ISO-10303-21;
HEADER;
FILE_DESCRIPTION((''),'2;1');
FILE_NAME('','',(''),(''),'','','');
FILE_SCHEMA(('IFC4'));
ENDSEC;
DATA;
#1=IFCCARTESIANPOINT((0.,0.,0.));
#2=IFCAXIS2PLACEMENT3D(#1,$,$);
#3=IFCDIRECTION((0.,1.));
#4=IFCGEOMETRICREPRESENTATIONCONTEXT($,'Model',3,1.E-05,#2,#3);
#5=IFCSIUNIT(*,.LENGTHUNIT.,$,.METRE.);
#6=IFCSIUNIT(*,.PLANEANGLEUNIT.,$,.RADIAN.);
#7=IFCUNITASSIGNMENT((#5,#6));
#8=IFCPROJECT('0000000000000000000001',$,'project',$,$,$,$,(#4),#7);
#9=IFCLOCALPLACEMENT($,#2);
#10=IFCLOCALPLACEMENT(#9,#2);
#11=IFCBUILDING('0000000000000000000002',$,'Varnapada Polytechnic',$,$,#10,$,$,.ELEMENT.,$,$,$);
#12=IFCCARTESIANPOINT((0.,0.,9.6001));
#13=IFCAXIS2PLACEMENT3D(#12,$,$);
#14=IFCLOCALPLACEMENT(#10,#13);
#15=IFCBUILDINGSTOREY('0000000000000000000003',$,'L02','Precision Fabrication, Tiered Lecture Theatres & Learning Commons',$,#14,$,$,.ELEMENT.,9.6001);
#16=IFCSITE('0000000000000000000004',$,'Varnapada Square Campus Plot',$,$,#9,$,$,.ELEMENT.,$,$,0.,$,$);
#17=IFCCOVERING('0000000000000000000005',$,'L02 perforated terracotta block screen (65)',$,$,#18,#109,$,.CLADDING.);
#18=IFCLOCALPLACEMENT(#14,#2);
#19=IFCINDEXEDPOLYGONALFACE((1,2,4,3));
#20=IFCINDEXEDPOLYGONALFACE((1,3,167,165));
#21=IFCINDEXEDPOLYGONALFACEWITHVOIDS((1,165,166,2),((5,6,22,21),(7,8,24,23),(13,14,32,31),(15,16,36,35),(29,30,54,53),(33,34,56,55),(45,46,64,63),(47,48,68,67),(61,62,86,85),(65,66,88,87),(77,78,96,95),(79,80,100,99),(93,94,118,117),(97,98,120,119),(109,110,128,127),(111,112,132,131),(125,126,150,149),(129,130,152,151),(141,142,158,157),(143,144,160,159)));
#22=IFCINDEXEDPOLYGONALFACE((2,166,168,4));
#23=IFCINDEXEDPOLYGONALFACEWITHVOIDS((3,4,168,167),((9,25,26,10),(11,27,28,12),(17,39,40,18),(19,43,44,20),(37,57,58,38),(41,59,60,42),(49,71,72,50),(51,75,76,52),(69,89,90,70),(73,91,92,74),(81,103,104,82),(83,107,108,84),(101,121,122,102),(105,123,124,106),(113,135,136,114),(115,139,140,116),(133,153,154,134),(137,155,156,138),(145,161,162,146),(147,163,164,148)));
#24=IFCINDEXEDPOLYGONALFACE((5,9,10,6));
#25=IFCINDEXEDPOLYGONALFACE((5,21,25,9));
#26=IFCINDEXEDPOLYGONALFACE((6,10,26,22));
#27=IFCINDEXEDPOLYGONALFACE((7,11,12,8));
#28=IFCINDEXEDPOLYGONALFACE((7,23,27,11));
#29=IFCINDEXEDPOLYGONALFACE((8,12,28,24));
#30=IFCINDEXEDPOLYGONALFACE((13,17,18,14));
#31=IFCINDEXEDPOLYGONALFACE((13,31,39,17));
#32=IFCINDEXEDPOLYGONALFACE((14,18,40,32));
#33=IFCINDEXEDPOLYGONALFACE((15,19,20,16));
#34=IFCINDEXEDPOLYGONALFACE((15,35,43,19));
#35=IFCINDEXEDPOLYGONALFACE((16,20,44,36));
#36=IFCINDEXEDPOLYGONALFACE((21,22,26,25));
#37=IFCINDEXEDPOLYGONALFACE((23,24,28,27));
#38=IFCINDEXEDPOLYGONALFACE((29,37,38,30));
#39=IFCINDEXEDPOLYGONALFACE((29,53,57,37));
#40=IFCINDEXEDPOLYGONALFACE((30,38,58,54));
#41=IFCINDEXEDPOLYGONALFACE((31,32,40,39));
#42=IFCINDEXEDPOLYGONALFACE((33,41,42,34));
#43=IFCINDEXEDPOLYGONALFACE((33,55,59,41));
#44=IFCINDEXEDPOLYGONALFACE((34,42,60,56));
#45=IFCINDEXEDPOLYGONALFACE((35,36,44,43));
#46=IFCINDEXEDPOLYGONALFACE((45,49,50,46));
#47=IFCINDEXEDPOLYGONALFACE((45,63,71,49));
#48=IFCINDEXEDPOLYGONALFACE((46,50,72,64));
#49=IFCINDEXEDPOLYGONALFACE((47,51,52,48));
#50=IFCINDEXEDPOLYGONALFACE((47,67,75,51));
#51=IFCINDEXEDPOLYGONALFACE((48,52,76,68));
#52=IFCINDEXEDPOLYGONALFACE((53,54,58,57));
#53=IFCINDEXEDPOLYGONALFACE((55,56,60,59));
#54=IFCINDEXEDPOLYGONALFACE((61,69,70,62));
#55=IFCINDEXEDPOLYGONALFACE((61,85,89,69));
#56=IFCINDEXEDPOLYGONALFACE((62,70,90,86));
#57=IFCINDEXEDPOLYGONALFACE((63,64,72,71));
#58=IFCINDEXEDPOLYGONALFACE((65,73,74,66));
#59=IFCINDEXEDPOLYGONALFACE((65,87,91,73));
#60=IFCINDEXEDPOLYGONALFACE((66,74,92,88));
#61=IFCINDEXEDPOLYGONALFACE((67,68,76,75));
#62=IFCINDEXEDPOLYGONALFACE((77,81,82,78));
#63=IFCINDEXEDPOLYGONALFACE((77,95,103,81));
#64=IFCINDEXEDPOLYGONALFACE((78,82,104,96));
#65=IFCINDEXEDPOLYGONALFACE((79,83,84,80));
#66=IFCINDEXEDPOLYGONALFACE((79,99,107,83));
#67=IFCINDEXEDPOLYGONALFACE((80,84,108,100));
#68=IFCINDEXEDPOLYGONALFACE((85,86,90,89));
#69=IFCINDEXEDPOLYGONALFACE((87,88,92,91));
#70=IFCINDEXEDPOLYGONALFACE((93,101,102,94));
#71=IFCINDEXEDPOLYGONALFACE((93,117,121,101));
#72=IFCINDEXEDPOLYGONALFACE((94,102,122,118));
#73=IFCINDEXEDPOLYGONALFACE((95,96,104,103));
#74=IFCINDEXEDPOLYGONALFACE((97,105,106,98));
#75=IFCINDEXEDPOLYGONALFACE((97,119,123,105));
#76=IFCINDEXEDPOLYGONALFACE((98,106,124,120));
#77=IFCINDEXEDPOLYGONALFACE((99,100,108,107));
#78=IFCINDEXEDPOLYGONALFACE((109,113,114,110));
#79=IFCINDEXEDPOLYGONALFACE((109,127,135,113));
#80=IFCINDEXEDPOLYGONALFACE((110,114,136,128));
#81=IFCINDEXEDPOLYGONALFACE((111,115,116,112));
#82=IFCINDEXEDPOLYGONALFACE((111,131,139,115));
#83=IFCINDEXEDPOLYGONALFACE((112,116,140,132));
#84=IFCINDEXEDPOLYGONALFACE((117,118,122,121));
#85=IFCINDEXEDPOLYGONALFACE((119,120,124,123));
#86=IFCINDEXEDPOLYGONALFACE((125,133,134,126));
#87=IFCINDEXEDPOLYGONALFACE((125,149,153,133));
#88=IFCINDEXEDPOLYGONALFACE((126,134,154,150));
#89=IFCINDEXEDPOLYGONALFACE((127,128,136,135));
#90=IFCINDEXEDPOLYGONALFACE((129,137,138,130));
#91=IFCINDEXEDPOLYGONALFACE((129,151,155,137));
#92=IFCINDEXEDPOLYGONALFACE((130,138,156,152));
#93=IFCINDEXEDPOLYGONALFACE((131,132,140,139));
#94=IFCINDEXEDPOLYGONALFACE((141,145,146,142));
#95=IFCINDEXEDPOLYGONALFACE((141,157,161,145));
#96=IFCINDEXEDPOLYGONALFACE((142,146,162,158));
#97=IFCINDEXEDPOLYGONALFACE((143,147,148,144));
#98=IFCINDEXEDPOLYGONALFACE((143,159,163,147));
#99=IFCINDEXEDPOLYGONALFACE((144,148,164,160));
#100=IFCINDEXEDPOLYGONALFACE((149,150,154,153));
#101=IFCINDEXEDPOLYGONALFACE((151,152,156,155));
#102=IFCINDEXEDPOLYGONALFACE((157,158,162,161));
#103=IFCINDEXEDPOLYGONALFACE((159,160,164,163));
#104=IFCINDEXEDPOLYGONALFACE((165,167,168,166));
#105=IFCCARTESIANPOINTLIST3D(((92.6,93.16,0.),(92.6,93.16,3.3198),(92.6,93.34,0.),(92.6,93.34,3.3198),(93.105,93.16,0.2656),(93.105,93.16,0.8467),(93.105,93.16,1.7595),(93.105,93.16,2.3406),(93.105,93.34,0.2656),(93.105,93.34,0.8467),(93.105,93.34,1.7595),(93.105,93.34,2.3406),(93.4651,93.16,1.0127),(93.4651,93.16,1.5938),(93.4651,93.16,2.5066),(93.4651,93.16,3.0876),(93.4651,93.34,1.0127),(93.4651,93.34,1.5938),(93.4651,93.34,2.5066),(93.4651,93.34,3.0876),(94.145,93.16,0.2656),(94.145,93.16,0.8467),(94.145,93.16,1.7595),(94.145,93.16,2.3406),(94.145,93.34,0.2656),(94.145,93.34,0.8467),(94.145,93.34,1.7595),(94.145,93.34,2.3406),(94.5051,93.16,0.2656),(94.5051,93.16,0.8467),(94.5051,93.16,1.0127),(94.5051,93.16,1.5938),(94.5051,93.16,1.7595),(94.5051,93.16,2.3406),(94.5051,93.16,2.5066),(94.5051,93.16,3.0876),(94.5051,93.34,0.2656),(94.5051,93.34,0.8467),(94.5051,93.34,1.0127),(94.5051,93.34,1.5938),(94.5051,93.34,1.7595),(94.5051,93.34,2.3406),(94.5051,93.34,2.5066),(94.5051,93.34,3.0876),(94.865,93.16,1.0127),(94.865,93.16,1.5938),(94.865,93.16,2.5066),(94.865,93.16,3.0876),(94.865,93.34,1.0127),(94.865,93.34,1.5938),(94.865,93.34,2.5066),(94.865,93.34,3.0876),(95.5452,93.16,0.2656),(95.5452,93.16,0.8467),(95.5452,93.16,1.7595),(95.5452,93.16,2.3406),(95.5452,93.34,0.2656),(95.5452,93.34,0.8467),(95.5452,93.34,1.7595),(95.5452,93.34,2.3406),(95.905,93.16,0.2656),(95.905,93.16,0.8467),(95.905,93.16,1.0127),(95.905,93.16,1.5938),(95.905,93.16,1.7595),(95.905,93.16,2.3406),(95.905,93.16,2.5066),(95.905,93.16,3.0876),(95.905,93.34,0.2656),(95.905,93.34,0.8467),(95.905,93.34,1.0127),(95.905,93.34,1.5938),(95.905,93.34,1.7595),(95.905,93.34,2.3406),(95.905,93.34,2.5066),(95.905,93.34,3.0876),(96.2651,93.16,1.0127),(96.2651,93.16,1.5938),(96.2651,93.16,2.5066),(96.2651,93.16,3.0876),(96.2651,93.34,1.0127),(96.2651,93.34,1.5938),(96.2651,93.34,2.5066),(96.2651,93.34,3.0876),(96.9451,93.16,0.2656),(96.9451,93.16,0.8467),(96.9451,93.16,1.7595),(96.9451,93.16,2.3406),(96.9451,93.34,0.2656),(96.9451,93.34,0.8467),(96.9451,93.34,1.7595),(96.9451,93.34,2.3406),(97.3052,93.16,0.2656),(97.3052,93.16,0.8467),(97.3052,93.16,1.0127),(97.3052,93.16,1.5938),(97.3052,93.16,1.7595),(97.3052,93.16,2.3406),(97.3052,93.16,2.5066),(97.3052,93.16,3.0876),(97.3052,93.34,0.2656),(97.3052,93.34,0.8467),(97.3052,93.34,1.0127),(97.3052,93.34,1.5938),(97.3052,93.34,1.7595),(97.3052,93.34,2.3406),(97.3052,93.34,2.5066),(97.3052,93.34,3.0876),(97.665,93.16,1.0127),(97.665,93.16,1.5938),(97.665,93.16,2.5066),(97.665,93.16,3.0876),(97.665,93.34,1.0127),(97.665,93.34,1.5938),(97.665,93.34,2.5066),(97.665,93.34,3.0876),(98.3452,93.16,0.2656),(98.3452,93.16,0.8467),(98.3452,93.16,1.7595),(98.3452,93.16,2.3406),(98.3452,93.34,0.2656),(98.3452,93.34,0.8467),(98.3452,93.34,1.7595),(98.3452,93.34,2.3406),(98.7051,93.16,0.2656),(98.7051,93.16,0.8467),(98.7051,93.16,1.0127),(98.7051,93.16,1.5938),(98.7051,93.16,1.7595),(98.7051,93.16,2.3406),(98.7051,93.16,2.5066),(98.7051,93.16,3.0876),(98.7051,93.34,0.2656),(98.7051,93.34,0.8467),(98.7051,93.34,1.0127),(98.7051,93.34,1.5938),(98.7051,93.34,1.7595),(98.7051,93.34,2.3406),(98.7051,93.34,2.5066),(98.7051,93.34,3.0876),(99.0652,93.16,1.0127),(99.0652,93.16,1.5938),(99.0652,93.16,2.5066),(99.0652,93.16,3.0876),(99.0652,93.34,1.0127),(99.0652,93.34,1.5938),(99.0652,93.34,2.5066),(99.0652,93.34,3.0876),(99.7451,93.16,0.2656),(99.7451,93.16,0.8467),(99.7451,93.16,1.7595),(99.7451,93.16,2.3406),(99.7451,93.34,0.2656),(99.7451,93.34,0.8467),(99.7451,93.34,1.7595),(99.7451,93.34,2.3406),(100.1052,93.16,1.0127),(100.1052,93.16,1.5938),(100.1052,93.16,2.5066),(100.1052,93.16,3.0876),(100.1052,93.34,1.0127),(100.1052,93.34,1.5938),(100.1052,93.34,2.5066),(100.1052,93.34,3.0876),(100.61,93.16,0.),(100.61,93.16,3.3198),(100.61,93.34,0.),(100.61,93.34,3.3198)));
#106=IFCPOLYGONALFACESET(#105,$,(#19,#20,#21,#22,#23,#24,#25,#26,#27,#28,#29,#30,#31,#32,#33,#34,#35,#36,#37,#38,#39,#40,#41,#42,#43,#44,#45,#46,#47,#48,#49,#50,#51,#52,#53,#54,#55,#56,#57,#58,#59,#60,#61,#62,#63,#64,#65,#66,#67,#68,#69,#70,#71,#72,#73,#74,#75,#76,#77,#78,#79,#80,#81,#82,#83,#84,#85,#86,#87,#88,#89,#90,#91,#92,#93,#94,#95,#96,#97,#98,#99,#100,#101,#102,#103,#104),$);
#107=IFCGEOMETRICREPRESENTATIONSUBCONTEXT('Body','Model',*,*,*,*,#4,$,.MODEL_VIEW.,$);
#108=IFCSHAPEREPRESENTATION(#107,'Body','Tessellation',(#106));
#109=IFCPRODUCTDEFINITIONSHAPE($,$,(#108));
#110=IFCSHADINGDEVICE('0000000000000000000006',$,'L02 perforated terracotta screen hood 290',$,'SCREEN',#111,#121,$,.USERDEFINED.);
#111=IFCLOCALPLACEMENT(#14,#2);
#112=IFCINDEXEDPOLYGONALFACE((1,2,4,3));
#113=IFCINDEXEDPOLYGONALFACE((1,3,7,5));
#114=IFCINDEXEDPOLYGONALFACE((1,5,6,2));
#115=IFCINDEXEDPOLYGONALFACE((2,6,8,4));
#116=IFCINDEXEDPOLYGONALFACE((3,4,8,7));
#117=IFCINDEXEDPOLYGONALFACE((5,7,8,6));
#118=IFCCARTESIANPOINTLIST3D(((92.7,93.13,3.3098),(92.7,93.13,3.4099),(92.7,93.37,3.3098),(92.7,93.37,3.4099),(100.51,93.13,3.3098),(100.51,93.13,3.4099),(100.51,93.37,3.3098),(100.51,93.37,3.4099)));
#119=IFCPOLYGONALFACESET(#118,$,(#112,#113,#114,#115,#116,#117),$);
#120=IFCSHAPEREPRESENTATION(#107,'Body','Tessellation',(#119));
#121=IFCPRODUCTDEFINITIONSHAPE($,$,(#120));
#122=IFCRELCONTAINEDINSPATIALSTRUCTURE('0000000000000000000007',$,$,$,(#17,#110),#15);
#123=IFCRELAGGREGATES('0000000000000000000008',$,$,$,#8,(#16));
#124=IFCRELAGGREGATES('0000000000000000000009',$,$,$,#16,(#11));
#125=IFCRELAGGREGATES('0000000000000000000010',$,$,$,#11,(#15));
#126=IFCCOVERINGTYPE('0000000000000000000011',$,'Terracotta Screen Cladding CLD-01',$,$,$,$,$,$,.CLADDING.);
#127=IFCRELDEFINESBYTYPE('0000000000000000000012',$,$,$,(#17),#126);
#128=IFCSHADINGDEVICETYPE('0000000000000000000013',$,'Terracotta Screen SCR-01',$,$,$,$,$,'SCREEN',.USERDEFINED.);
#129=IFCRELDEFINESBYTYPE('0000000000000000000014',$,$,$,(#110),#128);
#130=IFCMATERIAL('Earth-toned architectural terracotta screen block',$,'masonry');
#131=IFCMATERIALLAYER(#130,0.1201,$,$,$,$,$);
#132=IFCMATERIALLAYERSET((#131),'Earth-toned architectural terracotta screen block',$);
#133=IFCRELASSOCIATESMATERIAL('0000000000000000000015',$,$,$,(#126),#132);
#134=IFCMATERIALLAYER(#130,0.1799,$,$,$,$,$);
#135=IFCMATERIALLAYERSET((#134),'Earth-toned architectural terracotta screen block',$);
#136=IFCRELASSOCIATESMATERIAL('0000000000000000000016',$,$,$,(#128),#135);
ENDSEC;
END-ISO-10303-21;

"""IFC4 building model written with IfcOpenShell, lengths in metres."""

from ifc_helpers import new_model, si_unit, direction, frame, frame_2d, origin, origin_2d, place, context, subcontext, project, spatial, rectangle, extrude, material, layer, layer_set, type_object, element, save


model = new_model("IFC4")

# Units and contexts
model_context = context("Model", 3, precision=1e-05, world=origin(), true_north=direction((0.0, 1.0)))
body_context = subcontext(model_context, "Body", "Model", "MODEL_VIEW")
ifc_project = project(units=[si_unit("LENGTHUNIT", "METRE"), si_unit("PLANEANGLEUNIT", "RADIAN")], contexts=[model_context])

# Site, building, storey
site_placement = place(None, origin())
site = spatial("IfcSite", under=ifc_project, at=site_placement, Name="Varnapada Square Campus Plot", CompositionType="ELEMENT", RefElevation=0.0)
building_placement = place(site_placement, origin())
building = spatial("IfcBuilding", under=site, at=building_placement, Name="Varnapada Polytechnic", CompositionType="ELEMENT")
storey_placement = place(building_placement, frame((0.0, 0.0, 9.6001)))
storey = spatial("IfcBuildingStorey", under=building, at=storey_placement, Name="L02", Description="Precision Fabrication, Tiered Lecture Theatres & Learning Commons", CompositionType="ELEMENT", Elevation=9.6001)

# Covering, openings
ifc_material_1 = material(Name="Earth-toned architectural terracotta screen block", Category="masonry")
ifc_layer_1 = layer(ifc_material_1, 0.1201)
ifc_layer_set_1 = layer_set([ifc_layer_1], Name="Earth-toned architectural terracotta screen block")
covering_type = type_object("IfcCoveringType", Name="Terracotta Screen Cladding CLD-01", PredefinedType="CLADDING", material=ifc_layer_set_1)
covering_placement = place(storey_placement, frame((92.6001, 93.25, 0.0), z_axis=(0.0, 0.0, 1.0), x_axis=(1.0, 0.0, 0.0)))
covering = element("IfcCovering", 1, at=covering_placement, inside=storey, type_object=covering_type, Name="L02 perforated terracotta block screen (65)", PredefinedType="CLADDING", context=body_context, shape_type="SweptSolid", body=[
    extrude(rectangle(XDim=8.01, YDim=0.1799, at=frame_2d((4.0049, 0.0))), origin(), (0.0, 0.0, 1.0), 3.3198),
])
opening_1_placement = place(covering_placement, frame((0.5049, 0.0, 0.2656)))
element("IfcOpeningElement", 2, at=opening_1_placement, cuts=covering, PredefinedType="OPENING", context=body_context, shape_type="SweptSolid", body=[
    extrude(rectangle(XDim=1.04, YDim=0.5811, at=frame_2d((0.52, 0.2905))), frame((0.0, 0.0999, 0.0), z_axis=(0.0, -1.0, 0.0), x_axis=(1.0, 0.0, 0.0)), (0.0, 0.0, 1.0), 0.2),
])
opening_2_placement = place(covering_placement, frame((1.905, 0.0, 0.2656)))
element("IfcOpeningElement", 3, at=opening_2_placement, cuts=covering, PredefinedType="OPENING", context=body_context, shape_type="SweptSolid", body=[
    extrude(rectangle(XDim=1.04, YDim=0.5811, at=frame_2d((0.52, 0.2905))), frame((0.0, 0.0999, 0.0), z_axis=(0.0, -1.0, 0.0), x_axis=(1.0, 0.0, 0.0)), (0.0, 0.0, 1.0), 0.2),
])
opening_3_placement = place(covering_placement, frame((3.3049, 0.0, 0.2656)))
element("IfcOpeningElement", 4, at=opening_3_placement, cuts=covering, PredefinedType="OPENING", context=body_context, shape_type="SweptSolid", body=[
    extrude(rectangle(XDim=1.04, YDim=0.5811, at=frame_2d((0.52, 0.2905))), frame((0.0, 0.0999, 0.0), z_axis=(0.0, -1.0, 0.0), x_axis=(1.0, 0.0, 0.0)), (0.0, 0.0, 1.0), 0.2),
])
opening_4_placement = place(covering_placement, frame((4.7051, 0.0, 0.2656)))
element("IfcOpeningElement", 5, at=opening_4_placement, cuts=covering, PredefinedType="OPENING", context=body_context, shape_type="SweptSolid", body=[
    extrude(rectangle(XDim=1.04, YDim=0.5811, at=frame_2d((0.52, 0.2905))), frame((0.0, 0.0999, 0.0), z_axis=(0.0, -1.0, 0.0), x_axis=(1.0, 0.0, 0.0)), (0.0, 0.0, 1.0), 0.2),
])
opening_5_placement = place(covering_placement, frame((6.105, 0.0, 0.2656)))
element("IfcOpeningElement", 6, at=opening_5_placement, cuts=covering, PredefinedType="OPENING", context=body_context, shape_type="SweptSolid", body=[
    extrude(rectangle(XDim=1.04, YDim=0.5811, at=frame_2d((0.52, 0.2905))), frame((0.0, 0.0999, 0.0), z_axis=(0.0, -1.0, 0.0), x_axis=(1.0, 0.0, 0.0)), (0.0, 0.0, 1.0), 0.2),
])
opening_6_placement = place(covering_placement, frame((0.865, 0.0, 1.0127)))
element("IfcOpeningElement", 7, at=opening_6_placement, cuts=covering, PredefinedType="OPENING", context=body_context, shape_type="SweptSolid", body=[
    extrude(rectangle(XDim=1.04, YDim=0.5811, at=frame_2d((0.52, 0.2905))), frame((0.0, 0.0999, 0.0), z_axis=(0.0, -1.0, 0.0), x_axis=(1.0, 0.0, 0.0)), (0.0, 0.0, 1.0), 0.2),
])
opening_7_placement = place(covering_placement, frame((2.2649, 0.0, 1.0127)))
element("IfcOpeningElement", 8, at=opening_7_placement, cuts=covering, PredefinedType="OPENING", context=body_context, shape_type="SweptSolid", body=[
    extrude(rectangle(XDim=1.04, YDim=0.5811, at=frame_2d((0.52, 0.2905))), frame((0.0, 0.0999, 0.0), z_axis=(0.0, -1.0, 0.0), x_axis=(1.0, 0.0, 0.0)), (0.0, 0.0, 1.0), 0.2),
])
opening_8_placement = place(covering_placement, frame((3.665, 0.0, 1.0127)))
element("IfcOpeningElement", 9, at=opening_8_placement, cuts=covering, PredefinedType="OPENING", context=body_context, shape_type="SweptSolid", body=[
    extrude(rectangle(XDim=1.04, YDim=0.5811, at=frame_2d((0.52, 0.2905))), frame((0.0, 0.0999, 0.0), z_axis=(0.0, -1.0, 0.0), x_axis=(1.0, 0.0, 0.0)), (0.0, 0.0, 1.0), 0.2),
])
opening_9_placement = place(covering_placement, frame((5.0649, 0.0, 1.0127)))
element("IfcOpeningElement", 10, at=opening_9_placement, cuts=covering, PredefinedType="OPENING", context=body_context, shape_type="SweptSolid", body=[
    extrude(rectangle(XDim=1.04, YDim=0.5811, at=frame_2d((0.52, 0.2905))), frame((0.0, 0.0999, 0.0), z_axis=(0.0, -1.0, 0.0), x_axis=(1.0, 0.0, 0.0)), (0.0, 0.0, 1.0), 0.2),
])
opening_10_placement = place(covering_placement, frame((6.4651, 0.0, 1.0127)))
element("IfcOpeningElement", 11, at=opening_10_placement, cuts=covering, PredefinedType="OPENING", context=body_context, shape_type="SweptSolid", body=[
    extrude(rectangle(XDim=1.04, YDim=0.5811, at=frame_2d((0.52, 0.2905))), frame((0.0, 0.0999, 0.0), z_axis=(0.0, -1.0, 0.0), x_axis=(1.0, 0.0, 0.0)), (0.0, 0.0, 1.0), 0.2),
])
opening_11_placement = place(covering_placement, frame((0.5049, 0.0, 1.7595)))
element("IfcOpeningElement", 12, at=opening_11_placement, cuts=covering, PredefinedType="OPENING", context=body_context, shape_type="SweptSolid", body=[
    extrude(rectangle(XDim=1.04, YDim=0.5811, at=frame_2d((0.52, 0.2905))), frame((0.0, 0.0999, 0.0), z_axis=(0.0, -1.0, 0.0), x_axis=(1.0, 0.0, 0.0)), (0.0, 0.0, 1.0), 0.2),
])
opening_12_placement = place(covering_placement, frame((1.905, 0.0, 1.7595)))
element("IfcOpeningElement", 13, at=opening_12_placement, cuts=covering, PredefinedType="OPENING", context=body_context, shape_type="SweptSolid", body=[
    extrude(rectangle(XDim=1.04, YDim=0.5811, at=frame_2d((0.52, 0.2905))), frame((0.0, 0.0999, 0.0), z_axis=(0.0, -1.0, 0.0), x_axis=(1.0, 0.0, 0.0)), (0.0, 0.0, 1.0), 0.2),
])
opening_13_placement = place(covering_placement, frame((3.3049, 0.0, 1.7595)))
element("IfcOpeningElement", 14, at=opening_13_placement, cuts=covering, PredefinedType="OPENING", context=body_context, shape_type="SweptSolid", body=[
    extrude(rectangle(XDim=1.04, YDim=0.5811, at=frame_2d((0.52, 0.2905))), frame((0.0, 0.0999, 0.0), z_axis=(0.0, -1.0, 0.0), x_axis=(1.0, 0.0, 0.0)), (0.0, 0.0, 1.0), 0.2),
])
opening_14_placement = place(covering_placement, frame((4.7051, 0.0, 1.7595)))
element("IfcOpeningElement", 15, at=opening_14_placement, cuts=covering, PredefinedType="OPENING", context=body_context, shape_type="SweptSolid", body=[
    extrude(rectangle(XDim=1.04, YDim=0.5811, at=frame_2d((0.52, 0.2905))), frame((0.0, 0.0999, 0.0), z_axis=(0.0, -1.0, 0.0), x_axis=(1.0, 0.0, 0.0)), (0.0, 0.0, 1.0), 0.2),
])
opening_15_placement = place(covering_placement, frame((6.105, 0.0, 1.7595)))
element("IfcOpeningElement", 16, at=opening_15_placement, cuts=covering, PredefinedType="OPENING", context=body_context, shape_type="SweptSolid", body=[
    extrude(rectangle(XDim=1.04, YDim=0.5811, at=frame_2d((0.52, 0.2905))), frame((0.0, 0.0999, 0.0), z_axis=(0.0, -1.0, 0.0), x_axis=(1.0, 0.0, 0.0)), (0.0, 0.0, 1.0), 0.2),
])
opening_16_placement = place(covering_placement, frame((0.865, 0.0, 2.5066)))
element("IfcOpeningElement", 17, at=opening_16_placement, cuts=covering, PredefinedType="OPENING", context=body_context, shape_type="SweptSolid", body=[
    extrude(rectangle(XDim=1.04, YDim=0.5811, at=frame_2d((0.52, 0.2905))), frame((0.0, 0.0999, 0.0), z_axis=(0.0, -1.0, 0.0), x_axis=(1.0, 0.0, 0.0)), (0.0, 0.0, 1.0), 0.2),
])
opening_17_placement = place(covering_placement, frame((2.2649, 0.0, 2.5066)))
element("IfcOpeningElement", 18, at=opening_17_placement, cuts=covering, PredefinedType="OPENING", context=body_context, shape_type="SweptSolid", body=[
    extrude(rectangle(XDim=1.04, YDim=0.5811, at=frame_2d((0.52, 0.2905))), frame((0.0, 0.0999, 0.0), z_axis=(0.0, -1.0, 0.0), x_axis=(1.0, 0.0, 0.0)), (0.0, 0.0, 1.0), 0.2),
])
opening_18_placement = place(covering_placement, frame((3.665, 0.0, 2.5066)))
element("IfcOpeningElement", 19, at=opening_18_placement, cuts=covering, PredefinedType="OPENING", context=body_context, shape_type="SweptSolid", body=[
    extrude(rectangle(XDim=1.04, YDim=0.5811, at=frame_2d((0.52, 0.2905))), frame((0.0, 0.0999, 0.0), z_axis=(0.0, -1.0, 0.0), x_axis=(1.0, 0.0, 0.0)), (0.0, 0.0, 1.0), 0.2),
])
opening_19_placement = place(covering_placement, frame((5.0649, 0.0, 2.5066)))
element("IfcOpeningElement", 20, at=opening_19_placement, cuts=covering, PredefinedType="OPENING", context=body_context, shape_type="SweptSolid", body=[
    extrude(rectangle(XDim=1.04, YDim=0.5811, at=frame_2d((0.52, 0.2905))), frame((0.0, 0.0999, 0.0), z_axis=(0.0, -1.0, 0.0), x_axis=(1.0, 0.0, 0.0)), (0.0, 0.0, 1.0), 0.2),
])
opening_20_placement = place(covering_placement, frame((6.4651, 0.0, 2.5066)))
element("IfcOpeningElement", 21, at=opening_20_placement, cuts=covering, PredefinedType="OPENING", context=body_context, shape_type="SweptSolid", body=[
    extrude(rectangle(XDim=1.04, YDim=0.5811, at=frame_2d((0.52, 0.2905))), frame((0.0, 0.0999, 0.0), z_axis=(0.0, -1.0, 0.0), x_axis=(1.0, 0.0, 0.0)), (0.0, 0.0, 1.0), 0.2),
])

# Shading device
ifc_layer_2 = layer(ifc_material_1, 0.1799)
ifc_layer_set_2 = layer_set([ifc_layer_2], Name="Earth-toned architectural terracotta screen block")
shading_device_type = type_object("IfcShadingDeviceType", Name="Terracotta Screen SCR-01", ElementType="SCREEN", PredefinedType="USERDEFINED", material=ifc_layer_set_2)
shading_device_placement = place(storey_placement, frame((96.605, 93.25, 3.3098), z_axis=(0.0, 0.0, 1.0), x_axis=(1.0, 0.0, 0.0)))
element("IfcShadingDevice", 22, at=shading_device_placement, inside=storey, type_object=shading_device_type, Name="L02 perforated terracotta screen hood 290", ObjectType="SCREEN", PredefinedType="USERDEFINED", context=body_context, shape_type="SweptSolid", body=[
    extrude(rectangle(XDim=7.8101, YDim=0.24, at=origin_2d()), origin(), (0.0, 0.0, 1.0), 0.1001),
])

save(model, "model.ifc")
